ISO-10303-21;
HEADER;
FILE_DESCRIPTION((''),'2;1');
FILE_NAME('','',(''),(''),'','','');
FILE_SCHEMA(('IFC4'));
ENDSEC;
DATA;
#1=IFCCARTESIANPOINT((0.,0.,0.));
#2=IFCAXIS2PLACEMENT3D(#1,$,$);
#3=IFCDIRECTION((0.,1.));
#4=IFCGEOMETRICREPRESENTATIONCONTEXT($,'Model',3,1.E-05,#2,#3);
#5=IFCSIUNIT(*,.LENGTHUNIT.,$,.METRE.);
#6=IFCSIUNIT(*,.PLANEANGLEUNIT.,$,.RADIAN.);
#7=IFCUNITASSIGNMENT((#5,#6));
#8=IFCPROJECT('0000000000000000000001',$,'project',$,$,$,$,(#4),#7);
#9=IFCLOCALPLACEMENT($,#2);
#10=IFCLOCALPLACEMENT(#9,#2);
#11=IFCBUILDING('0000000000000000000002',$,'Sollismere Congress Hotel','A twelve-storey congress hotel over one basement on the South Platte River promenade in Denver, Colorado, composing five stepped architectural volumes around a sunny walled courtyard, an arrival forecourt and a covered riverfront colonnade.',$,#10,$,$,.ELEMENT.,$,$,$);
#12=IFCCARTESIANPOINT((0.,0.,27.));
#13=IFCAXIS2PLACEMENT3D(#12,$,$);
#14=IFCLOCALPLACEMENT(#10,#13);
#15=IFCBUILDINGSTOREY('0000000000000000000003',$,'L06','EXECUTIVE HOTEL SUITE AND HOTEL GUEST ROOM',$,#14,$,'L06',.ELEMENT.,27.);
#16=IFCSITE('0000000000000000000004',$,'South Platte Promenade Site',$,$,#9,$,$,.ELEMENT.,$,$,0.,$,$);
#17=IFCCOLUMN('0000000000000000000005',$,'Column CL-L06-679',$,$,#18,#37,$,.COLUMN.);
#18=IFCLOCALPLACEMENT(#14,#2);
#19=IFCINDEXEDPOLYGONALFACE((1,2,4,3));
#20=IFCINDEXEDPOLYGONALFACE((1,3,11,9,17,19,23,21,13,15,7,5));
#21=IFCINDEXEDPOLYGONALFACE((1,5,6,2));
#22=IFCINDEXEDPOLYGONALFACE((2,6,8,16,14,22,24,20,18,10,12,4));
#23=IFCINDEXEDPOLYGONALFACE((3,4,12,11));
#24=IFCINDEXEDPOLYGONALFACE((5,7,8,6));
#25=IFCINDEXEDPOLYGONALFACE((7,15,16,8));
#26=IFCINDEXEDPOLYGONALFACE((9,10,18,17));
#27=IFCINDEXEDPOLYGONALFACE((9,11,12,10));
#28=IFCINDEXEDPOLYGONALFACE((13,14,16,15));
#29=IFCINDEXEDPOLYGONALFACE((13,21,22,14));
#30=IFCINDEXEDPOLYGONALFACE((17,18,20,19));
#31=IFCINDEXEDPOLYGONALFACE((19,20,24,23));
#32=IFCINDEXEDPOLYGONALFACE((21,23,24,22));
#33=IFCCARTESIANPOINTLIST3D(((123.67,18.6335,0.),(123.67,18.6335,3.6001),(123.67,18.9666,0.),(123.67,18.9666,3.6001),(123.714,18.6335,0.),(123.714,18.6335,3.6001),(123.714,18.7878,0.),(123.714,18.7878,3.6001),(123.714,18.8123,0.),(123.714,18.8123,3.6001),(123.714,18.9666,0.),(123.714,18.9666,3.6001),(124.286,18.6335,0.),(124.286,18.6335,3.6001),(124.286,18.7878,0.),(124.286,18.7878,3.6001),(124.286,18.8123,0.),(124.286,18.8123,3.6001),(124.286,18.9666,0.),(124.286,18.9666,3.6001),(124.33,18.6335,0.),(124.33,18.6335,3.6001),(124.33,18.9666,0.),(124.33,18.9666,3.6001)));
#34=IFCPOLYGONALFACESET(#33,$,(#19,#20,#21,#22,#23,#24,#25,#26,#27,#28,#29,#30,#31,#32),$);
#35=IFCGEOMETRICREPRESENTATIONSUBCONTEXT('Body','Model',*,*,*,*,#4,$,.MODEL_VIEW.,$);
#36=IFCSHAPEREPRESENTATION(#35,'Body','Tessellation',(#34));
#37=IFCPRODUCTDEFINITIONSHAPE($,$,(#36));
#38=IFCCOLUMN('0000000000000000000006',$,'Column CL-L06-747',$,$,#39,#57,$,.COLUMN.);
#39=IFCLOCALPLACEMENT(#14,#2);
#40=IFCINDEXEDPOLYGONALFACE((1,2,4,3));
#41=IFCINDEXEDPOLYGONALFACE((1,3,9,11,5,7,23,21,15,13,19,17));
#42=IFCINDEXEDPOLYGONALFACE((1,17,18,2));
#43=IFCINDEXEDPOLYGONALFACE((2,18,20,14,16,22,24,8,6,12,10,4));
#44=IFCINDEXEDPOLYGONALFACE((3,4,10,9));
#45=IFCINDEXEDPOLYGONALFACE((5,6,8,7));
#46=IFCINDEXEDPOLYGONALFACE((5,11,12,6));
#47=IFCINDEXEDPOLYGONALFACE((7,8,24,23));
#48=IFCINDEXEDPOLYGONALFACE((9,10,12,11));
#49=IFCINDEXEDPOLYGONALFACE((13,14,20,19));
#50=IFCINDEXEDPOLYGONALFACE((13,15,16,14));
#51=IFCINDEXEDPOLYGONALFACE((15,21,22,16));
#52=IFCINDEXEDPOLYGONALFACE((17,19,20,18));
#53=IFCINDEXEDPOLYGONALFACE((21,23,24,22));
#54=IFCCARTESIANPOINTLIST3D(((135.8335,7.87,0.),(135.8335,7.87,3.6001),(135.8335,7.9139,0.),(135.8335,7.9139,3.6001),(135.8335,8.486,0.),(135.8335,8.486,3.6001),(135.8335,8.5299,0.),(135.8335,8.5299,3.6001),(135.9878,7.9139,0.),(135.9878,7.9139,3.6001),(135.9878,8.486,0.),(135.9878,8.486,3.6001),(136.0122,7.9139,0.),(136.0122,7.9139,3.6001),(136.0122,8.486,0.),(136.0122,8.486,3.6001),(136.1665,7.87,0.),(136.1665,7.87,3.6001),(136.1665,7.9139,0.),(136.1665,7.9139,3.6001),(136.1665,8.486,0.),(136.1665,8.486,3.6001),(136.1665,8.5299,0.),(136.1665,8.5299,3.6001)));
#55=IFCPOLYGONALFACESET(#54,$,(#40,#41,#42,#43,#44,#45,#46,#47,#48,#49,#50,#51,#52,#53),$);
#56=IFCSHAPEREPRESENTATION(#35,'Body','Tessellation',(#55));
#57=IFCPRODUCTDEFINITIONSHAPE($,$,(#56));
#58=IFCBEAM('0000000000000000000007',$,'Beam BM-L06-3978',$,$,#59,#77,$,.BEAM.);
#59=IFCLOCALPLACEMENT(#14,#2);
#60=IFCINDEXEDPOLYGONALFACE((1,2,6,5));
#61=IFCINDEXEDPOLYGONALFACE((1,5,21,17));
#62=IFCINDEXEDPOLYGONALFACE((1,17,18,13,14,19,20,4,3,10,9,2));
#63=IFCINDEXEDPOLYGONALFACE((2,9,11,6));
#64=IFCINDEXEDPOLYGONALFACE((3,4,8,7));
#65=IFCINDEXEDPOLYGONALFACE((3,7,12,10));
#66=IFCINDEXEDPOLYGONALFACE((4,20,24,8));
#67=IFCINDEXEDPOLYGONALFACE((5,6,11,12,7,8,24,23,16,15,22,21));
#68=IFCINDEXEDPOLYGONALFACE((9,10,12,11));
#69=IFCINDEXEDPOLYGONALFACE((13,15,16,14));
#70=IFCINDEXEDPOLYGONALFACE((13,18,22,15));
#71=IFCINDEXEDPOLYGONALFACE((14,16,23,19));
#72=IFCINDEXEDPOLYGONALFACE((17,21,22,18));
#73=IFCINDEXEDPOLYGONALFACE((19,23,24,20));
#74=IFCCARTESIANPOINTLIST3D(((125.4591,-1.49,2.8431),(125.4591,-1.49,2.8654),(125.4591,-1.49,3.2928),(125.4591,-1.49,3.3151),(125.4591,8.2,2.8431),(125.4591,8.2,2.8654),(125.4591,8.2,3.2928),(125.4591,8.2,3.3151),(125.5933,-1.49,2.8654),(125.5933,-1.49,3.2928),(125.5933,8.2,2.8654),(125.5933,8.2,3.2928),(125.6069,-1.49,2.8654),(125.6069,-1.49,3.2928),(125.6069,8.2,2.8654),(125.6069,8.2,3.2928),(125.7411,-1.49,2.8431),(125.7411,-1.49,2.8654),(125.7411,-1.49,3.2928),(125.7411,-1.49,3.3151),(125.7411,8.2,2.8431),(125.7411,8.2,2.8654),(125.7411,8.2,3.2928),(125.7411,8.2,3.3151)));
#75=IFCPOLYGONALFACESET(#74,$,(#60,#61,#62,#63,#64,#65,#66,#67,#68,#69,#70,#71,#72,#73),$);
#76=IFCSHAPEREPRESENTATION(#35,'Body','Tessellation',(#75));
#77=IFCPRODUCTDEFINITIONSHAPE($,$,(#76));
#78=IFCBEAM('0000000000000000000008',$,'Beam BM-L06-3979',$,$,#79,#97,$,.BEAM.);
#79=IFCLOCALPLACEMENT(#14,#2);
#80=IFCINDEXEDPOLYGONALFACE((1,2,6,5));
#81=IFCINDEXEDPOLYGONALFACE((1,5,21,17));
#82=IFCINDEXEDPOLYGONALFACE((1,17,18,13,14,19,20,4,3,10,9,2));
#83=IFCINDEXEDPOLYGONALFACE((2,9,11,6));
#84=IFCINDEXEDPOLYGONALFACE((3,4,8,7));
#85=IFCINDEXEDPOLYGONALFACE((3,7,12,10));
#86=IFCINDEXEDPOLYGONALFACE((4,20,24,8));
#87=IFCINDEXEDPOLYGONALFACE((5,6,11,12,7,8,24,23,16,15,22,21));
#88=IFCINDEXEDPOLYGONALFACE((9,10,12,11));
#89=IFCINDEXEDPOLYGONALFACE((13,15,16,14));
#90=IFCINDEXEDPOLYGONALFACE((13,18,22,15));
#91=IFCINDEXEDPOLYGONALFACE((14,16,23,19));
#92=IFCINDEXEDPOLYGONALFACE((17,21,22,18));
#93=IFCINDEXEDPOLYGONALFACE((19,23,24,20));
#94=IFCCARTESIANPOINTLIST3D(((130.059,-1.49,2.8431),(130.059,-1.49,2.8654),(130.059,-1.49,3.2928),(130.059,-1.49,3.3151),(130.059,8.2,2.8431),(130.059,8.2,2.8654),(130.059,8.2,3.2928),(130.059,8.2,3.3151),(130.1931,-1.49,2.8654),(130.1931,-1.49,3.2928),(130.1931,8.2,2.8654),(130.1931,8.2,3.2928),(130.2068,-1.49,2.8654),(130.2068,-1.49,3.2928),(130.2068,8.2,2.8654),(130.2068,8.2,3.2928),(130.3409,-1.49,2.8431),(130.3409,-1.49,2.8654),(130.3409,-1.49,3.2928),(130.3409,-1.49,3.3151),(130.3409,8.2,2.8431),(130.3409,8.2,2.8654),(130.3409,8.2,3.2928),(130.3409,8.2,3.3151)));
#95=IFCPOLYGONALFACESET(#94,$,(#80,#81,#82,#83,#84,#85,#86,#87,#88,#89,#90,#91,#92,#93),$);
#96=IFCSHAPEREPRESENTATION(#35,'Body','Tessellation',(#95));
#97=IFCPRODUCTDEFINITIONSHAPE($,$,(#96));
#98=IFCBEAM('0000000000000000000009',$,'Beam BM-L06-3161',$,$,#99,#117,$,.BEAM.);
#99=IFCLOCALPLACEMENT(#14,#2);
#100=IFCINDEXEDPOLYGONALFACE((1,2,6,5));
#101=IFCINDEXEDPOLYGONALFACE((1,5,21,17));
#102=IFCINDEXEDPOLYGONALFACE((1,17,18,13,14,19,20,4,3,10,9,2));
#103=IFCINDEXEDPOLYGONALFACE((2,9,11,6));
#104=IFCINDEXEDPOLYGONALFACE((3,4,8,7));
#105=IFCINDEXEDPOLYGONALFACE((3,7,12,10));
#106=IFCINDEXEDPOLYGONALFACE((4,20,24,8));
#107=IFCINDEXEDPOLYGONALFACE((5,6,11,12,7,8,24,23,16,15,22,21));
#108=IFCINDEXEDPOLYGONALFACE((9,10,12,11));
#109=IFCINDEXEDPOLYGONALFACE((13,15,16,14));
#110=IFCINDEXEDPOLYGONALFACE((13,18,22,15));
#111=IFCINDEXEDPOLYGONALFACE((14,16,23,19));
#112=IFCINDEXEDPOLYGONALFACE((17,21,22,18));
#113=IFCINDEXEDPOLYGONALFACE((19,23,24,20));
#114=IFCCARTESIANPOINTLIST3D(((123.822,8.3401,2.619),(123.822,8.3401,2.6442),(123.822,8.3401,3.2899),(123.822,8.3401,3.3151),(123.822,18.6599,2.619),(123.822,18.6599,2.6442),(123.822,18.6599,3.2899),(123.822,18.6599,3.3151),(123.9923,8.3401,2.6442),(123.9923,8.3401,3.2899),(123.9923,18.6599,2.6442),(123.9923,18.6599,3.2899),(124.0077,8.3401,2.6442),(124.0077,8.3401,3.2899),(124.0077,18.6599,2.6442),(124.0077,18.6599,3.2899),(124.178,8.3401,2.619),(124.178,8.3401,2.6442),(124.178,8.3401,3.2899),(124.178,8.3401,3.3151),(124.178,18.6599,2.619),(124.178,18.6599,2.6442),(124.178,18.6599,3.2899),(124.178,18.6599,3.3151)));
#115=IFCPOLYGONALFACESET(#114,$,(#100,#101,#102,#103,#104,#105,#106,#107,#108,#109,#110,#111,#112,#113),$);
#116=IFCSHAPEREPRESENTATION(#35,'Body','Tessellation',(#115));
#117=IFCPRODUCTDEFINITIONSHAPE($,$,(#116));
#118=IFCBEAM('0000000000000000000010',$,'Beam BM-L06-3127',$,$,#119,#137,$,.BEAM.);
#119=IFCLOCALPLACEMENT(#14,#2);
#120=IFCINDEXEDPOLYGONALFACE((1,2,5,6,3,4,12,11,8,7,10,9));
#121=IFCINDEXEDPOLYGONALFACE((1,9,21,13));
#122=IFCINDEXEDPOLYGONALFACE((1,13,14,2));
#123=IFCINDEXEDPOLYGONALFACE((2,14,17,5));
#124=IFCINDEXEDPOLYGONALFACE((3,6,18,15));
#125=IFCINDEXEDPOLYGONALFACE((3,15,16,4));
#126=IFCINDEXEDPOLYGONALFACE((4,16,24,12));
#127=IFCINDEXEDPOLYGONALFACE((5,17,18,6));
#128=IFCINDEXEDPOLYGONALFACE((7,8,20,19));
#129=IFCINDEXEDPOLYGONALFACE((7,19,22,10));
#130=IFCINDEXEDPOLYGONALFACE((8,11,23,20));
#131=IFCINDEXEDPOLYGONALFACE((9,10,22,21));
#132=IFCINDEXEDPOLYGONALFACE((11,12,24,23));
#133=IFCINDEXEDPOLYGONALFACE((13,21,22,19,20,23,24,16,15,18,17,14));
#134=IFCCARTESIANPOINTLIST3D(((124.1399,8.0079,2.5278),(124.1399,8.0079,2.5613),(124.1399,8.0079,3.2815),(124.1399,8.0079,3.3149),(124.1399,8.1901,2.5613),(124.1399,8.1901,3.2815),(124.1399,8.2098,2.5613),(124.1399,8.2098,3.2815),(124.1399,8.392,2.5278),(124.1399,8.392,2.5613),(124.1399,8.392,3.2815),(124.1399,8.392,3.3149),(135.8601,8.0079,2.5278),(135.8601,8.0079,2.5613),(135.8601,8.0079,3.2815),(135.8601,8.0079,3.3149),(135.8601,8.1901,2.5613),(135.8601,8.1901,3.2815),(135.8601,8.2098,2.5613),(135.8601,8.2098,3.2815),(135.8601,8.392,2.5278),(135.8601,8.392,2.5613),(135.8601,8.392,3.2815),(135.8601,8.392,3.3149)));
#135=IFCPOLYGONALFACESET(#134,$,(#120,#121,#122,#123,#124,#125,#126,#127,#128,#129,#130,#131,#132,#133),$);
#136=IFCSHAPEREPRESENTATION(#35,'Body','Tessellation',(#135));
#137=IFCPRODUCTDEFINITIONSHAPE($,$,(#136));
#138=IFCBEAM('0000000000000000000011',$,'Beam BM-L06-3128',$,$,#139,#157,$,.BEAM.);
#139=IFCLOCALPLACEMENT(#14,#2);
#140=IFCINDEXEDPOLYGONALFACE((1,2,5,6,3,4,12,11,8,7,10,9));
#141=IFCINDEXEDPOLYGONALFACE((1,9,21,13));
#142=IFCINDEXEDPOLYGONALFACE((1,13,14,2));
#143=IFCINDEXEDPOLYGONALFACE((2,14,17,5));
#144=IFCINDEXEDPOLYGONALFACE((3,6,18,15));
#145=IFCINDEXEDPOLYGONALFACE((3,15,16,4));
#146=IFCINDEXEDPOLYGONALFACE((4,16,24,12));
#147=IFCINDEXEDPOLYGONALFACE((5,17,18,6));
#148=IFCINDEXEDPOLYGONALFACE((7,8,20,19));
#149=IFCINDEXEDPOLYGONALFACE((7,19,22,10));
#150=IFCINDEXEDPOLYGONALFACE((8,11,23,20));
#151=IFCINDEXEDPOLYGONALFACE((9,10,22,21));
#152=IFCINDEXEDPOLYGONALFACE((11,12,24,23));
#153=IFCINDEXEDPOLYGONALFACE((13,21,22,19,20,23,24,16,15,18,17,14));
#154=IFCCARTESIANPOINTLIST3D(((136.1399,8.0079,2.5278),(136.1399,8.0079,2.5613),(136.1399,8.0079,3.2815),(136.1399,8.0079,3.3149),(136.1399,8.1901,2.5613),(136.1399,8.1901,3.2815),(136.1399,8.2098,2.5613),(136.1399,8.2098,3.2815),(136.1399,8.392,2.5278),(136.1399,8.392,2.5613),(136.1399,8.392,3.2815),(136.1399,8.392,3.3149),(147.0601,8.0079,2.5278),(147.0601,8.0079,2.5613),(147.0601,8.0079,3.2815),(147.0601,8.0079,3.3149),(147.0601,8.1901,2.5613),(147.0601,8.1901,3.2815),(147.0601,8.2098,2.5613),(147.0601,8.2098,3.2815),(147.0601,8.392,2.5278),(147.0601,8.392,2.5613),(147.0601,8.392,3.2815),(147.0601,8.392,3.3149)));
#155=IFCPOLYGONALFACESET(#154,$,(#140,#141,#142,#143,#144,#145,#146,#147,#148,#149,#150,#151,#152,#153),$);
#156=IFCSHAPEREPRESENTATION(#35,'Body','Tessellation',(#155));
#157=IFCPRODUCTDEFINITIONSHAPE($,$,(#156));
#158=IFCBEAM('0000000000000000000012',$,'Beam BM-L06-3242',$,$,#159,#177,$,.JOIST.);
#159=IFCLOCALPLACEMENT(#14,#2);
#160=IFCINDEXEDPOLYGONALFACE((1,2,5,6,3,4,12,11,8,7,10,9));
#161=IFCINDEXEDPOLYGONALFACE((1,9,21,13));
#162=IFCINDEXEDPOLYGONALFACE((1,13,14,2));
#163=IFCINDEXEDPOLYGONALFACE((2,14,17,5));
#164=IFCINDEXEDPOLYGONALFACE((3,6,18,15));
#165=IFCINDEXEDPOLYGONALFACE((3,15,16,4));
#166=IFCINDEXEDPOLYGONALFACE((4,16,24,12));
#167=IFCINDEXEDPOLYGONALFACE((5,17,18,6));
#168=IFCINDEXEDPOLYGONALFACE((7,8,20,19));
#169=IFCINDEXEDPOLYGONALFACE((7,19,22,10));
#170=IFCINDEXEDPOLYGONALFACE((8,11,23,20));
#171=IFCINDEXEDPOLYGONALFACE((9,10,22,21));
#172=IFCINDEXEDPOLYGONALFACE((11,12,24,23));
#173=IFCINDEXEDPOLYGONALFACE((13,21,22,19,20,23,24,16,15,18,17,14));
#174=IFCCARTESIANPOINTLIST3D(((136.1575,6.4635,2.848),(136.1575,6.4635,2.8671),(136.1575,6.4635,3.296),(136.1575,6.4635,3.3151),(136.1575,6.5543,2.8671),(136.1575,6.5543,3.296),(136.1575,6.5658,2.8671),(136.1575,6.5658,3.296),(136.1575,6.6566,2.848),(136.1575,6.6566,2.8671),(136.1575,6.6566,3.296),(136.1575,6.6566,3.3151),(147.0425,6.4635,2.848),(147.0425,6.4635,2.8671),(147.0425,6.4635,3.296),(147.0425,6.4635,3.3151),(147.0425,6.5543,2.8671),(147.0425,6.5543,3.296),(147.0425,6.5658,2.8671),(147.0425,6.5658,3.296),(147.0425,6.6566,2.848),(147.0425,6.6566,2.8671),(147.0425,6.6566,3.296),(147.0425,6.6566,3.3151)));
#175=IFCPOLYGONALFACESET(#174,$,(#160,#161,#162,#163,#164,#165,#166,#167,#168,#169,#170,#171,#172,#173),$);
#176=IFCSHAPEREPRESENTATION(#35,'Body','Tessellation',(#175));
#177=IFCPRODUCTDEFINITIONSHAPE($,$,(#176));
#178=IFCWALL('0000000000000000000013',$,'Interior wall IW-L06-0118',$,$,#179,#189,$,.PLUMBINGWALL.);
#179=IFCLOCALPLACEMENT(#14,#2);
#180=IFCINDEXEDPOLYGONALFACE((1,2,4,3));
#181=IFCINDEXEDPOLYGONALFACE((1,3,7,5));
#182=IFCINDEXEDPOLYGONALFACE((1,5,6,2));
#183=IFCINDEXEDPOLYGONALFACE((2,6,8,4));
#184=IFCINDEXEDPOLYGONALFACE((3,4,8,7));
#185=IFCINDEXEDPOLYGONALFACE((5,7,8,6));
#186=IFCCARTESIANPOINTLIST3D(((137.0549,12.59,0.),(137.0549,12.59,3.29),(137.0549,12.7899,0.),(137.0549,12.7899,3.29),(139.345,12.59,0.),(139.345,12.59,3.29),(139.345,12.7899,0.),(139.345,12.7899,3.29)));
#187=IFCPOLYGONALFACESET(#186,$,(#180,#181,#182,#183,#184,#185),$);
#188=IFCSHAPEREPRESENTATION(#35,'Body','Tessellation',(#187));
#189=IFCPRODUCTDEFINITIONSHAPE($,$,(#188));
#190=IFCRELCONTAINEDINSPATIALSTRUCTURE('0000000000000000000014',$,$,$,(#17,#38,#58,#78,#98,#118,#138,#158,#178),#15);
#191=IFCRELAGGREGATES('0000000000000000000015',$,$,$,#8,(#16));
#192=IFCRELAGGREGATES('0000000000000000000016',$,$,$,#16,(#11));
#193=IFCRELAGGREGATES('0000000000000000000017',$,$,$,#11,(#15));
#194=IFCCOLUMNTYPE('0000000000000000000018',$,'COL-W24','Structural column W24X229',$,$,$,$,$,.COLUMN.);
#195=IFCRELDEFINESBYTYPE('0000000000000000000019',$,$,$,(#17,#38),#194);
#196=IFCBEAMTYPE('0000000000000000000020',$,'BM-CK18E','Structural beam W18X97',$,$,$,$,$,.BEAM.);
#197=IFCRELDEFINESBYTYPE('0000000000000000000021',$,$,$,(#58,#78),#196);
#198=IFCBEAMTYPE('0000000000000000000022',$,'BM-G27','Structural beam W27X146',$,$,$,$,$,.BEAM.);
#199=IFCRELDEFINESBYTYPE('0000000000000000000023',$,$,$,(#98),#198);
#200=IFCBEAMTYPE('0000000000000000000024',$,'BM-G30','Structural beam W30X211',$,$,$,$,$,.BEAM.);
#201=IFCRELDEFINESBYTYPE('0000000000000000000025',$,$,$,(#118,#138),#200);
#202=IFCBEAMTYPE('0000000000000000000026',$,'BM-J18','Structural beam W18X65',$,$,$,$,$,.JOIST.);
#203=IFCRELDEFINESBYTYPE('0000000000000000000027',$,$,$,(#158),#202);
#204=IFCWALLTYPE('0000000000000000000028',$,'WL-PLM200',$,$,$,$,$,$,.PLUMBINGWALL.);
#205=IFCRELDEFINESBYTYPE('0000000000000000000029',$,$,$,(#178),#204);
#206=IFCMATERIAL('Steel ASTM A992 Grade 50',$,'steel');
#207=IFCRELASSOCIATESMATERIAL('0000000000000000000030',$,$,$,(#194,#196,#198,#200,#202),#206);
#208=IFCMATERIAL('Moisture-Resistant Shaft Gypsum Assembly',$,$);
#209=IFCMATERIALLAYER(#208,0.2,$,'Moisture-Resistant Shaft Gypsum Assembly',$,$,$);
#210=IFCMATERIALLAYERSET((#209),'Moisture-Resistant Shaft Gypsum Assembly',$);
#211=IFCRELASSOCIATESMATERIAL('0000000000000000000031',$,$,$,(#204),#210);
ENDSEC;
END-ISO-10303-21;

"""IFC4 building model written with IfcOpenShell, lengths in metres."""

from ifc_helpers import new_model, si_unit, direction, frame, frame_2d, origin, origin_2d, place, context, subcontext, project, spatial, rectangle, i_section, extrude, material, layer, layer_set, material_profile, profile_set, type_object, element, save


model = new_model("IFC4")

# Units and contexts
model_context = context("Model", 3, precision=1e-05, world=origin(), true_north=direction((0.0, 1.0)))
body_context = subcontext(model_context, "Body", "Model", "MODEL_VIEW")
ifc_project = project(units=[si_unit("LENGTHUNIT", "METRE"), si_unit("PLANEANGLEUNIT", "RADIAN")], contexts=[model_context])

# Site, building, storey
site_placement = place(None, origin())
site = spatial("IfcSite", under=ifc_project, at=site_placement, Name="South Platte Promenade Site", CompositionType="ELEMENT", RefElevation=0.0)
building_placement = place(site_placement, origin())
building = spatial("IfcBuilding", under=site, at=building_placement, Name="Sollismere Congress Hotel", Description="A twelve-storey congress hotel over one basement on the South Platte River promenade in Denver, Colorado, composing five stepped architectural volumes around a sunny walled courtyard, an arrival forecourt and a covered riverfront colonnade.", CompositionType="ELEMENT")
storey_placement = place(building_placement, frame((0.0, 0.0, 27.0)))
storey = spatial("IfcBuildingStorey", under=building, at=storey_placement, Name="L06", Description="EXECUTIVE HOTEL SUITE AND HOTEL GUEST ROOM", LongName="L06", CompositionType="ELEMENT", Elevation=27.0)

# Columns
ifc_material_1 = material(Name="Steel ASTM A992 Grade 50", Category="steel")
ifc_material_profile_1 = material_profile(ifc_material_1, i_section(OverallWidth=0.333, OverallDepth=0.6599, WebThickness=0.0244, FlangeThickness=0.0439, at=origin_2d()), Name="W24X229")
ifc_profile_set_1 = profile_set([ifc_material_profile_1], Name="Steel ASTM A992 Grade 50")
column_type = type_object("IfcColumnType", Name="COL-W24", Description="Structural column W24X229", PredefinedType="COLUMN", material=ifc_profile_set_1)
for number, where, z_axis, x_axis, name in (
    (1, (124.0, 18.8, 0.0), (0.0, 0.0, 1.0), (0.0, 1.0, 0.0), "Column CL-L06-679"),
    (2, (136.0, 8.2, 0.0), (0.0, 0.0, 1.0), (1.0, 0.0, 0.0), "Column CL-L06-747"),
):
    element("IfcColumn", number, at=place(storey_placement, frame(where, z_axis=z_axis, x_axis=x_axis)), inside=storey, type_object=column_type, Name=name, PredefinedType="COLUMN", context=body_context, shape_type="SweptSolid", body=[
        extrude(i_section(OverallWidth=0.333, OverallDepth=0.6599, WebThickness=0.0244, FlangeThickness=0.0439, at=origin_2d()), origin(), (0.0, 0.0, 1.0), 3.6001),
    ])

# Beams
ifc_material_profile_2 = material_profile(ifc_material_1, i_section(OverallWidth=0.282, OverallDepth=0.4719, WebThickness=0.0137, FlangeThickness=0.0222, at=origin_2d()), Name="W18X97")
ifc_profile_set_2 = profile_set([ifc_material_profile_2], Name="Steel ASTM A992 Grade 50")
beam_type_1 = type_object("IfcBeamType", Name="BM-CK18E", Description="Structural beam W18X97", PredefinedType="BEAM", material=ifc_profile_set_2)
for number, where, z_axis, x_axis, name in (
    (3, (125.6001, 8.2, 3.0791), (0.0, -1.0, 0.0), (1.0, 0.0, 0.0), "Beam BM-L06-3978"),
    (4, (130.2, 8.2, 3.0791), (0.0, -1.0, 0.0), (1.0, 0.0, 0.0), "Beam BM-L06-3979"),
):
    element("IfcBeam", number, at=place(storey_placement, frame(where, z_axis=z_axis, x_axis=x_axis)), inside=storey, type_object=beam_type_1, Name=name, PredefinedType="BEAM", context=body_context, shape_type="SweptSolid", body=[
        extrude(i_section(OverallWidth=0.282, OverallDepth=0.4719, WebThickness=0.0137, FlangeThickness=0.0222, at=origin_2d()), origin(), (0.0, 0.0, 1.0), 9.6899),
    ])
ifc_material_profile_3 = material_profile(ifc_material_1, i_section(OverallWidth=0.356, OverallDepth=0.696, WebThickness=0.0154, FlangeThickness=0.0251, at=origin_2d()), Name="W27X146")
ifc_profile_set_3 = profile_set([ifc_material_profile_3], Name="Steel ASTM A992 Grade 50")
beam_type_2 = type_object("IfcBeamType", Name="BM-G27", Description="Structural beam W27X146", PredefinedType="BEAM", material=ifc_profile_set_3)
beam_1_placement = place(storey_placement, frame((124.0, 8.3401, 2.967), z_axis=(0.0, 1.0, 0.0), x_axis=(-1.0, 0.0, 0.0)))
element("IfcBeam", 5, at=beam_1_placement, inside=storey, type_object=beam_type_2, Name="Beam BM-L06-3161", PredefinedType="BEAM", context=body_context, shape_type="SweptSolid", body=[
    extrude(i_section(OverallWidth=0.356, OverallDepth=0.696, WebThickness=0.0154, FlangeThickness=0.0251, at=origin_2d()), origin(), (0.0, 0.0, 1.0), 10.3198),
])
ifc_material_profile_4 = material_profile(ifc_material_1, i_section(OverallWidth=0.384, OverallDepth=0.7871, WebThickness=0.0198, FlangeThickness=0.0334, at=origin_2d()), Name="W30X211")
ifc_profile_set_4 = profile_set([ifc_material_profile_4], Name="Steel ASTM A992 Grade 50")
beam_type_3 = type_object("IfcBeamType", Name="BM-G30", Description="Structural beam W30X211", PredefinedType="BEAM", material=ifc_profile_set_4)
beam_2_placement = place(storey_placement, frame((124.1399, 8.2, 2.9214), z_axis=(1.0, 0.0, 0.0), x_axis=(0.0, 1.0, 0.0)))
element("IfcBeam", 6, at=beam_2_placement, inside=storey, type_object=beam_type_3, Name="Beam BM-L06-3127", PredefinedType="BEAM", context=body_context, shape_type="SweptSolid", body=[
    extrude(i_section(OverallWidth=0.384, OverallDepth=0.7871, WebThickness=0.0198, FlangeThickness=0.0334, at=origin_2d()), origin(), (0.0, 0.0, 1.0), 11.7202),
])
beam_3_placement = place(storey_placement, frame((136.1399, 8.2, 2.9214), z_axis=(1.0, 0.0, 0.0), x_axis=(0.0, 1.0, 0.0)))
element("IfcBeam", 7, at=beam_3_placement, inside=storey, type_object=beam_type_3, Name="Beam BM-L06-3128", PredefinedType="BEAM", context=body_context, shape_type="SweptSolid", body=[
    extrude(i_section(OverallWidth=0.384, OverallDepth=0.7871, WebThickness=0.0198, FlangeThickness=0.0334, at=origin_2d()), origin(), (0.0, 0.0, 1.0), 10.9202),
])
ifc_material_profile_5 = material_profile(ifc_material_1, i_section(OverallWidth=0.1931, OverallDepth=0.467, WebThickness=0.0115, FlangeThickness=0.019, at=origin_2d()), Name="W18X65")
ifc_profile_set_5 = profile_set([ifc_material_profile_5], Name="Steel ASTM A992 Grade 50")
beam_type_4 = type_object("IfcBeamType", Name="BM-J18", Description="Structural beam W18X65", PredefinedType="JOIST", material=ifc_profile_set_5)
beam_4_placement = place(storey_placement, frame((136.1575, 6.5601, 3.0815), z_axis=(1.0, 0.0, 0.0), x_axis=(0.0, 1.0, 0.0)))
element("IfcBeam", 8, at=beam_4_placement, inside=storey, type_object=beam_type_4, Name="Beam BM-L06-3242", PredefinedType="JOIST", context=body_context, shape_type="SweptSolid", body=[
    extrude(i_section(OverallWidth=0.1931, OverallDepth=0.467, WebThickness=0.0115, FlangeThickness=0.019, at=origin_2d()), origin(), (0.0, 0.0, 1.0), 10.885),
])

# Wall
ifc_material_2 = material(Name="Moisture-Resistant Shaft Gypsum Assembly")
ifc_layer_1 = layer(ifc_material_2, 0.2, Name="Moisture-Resistant Shaft Gypsum Assembly")
ifc_layer_set_1 = layer_set([ifc_layer_1], Name="Moisture-Resistant Shaft Gypsum Assembly")
wall_type_1 = type_object("IfcWallType", Name="WL-PLM200", PredefinedType="PLUMBINGWALL", material=ifc_layer_set_1)
wall_1_placement = place(storey_placement, frame((137.0549, 12.6899, 0.0), z_axis=(0.0, 0.0, 1.0), x_axis=(1.0, 0.0, 0.0)))
element("IfcWall", 9, at=wall_1_placement, inside=storey, type_object=wall_type_1, Name="Interior wall IW-L06-0118", PredefinedType="PLUMBINGWALL", context=body_context, shape_type="SweptSolid", body=[
    extrude(rectangle(XDim=2.29, YDim=0.2, at=frame_2d((1.145, 0.0))), origin(), (0.0, 0.0, 1.0), 3.29),
])

save(model, "model.ifc")
